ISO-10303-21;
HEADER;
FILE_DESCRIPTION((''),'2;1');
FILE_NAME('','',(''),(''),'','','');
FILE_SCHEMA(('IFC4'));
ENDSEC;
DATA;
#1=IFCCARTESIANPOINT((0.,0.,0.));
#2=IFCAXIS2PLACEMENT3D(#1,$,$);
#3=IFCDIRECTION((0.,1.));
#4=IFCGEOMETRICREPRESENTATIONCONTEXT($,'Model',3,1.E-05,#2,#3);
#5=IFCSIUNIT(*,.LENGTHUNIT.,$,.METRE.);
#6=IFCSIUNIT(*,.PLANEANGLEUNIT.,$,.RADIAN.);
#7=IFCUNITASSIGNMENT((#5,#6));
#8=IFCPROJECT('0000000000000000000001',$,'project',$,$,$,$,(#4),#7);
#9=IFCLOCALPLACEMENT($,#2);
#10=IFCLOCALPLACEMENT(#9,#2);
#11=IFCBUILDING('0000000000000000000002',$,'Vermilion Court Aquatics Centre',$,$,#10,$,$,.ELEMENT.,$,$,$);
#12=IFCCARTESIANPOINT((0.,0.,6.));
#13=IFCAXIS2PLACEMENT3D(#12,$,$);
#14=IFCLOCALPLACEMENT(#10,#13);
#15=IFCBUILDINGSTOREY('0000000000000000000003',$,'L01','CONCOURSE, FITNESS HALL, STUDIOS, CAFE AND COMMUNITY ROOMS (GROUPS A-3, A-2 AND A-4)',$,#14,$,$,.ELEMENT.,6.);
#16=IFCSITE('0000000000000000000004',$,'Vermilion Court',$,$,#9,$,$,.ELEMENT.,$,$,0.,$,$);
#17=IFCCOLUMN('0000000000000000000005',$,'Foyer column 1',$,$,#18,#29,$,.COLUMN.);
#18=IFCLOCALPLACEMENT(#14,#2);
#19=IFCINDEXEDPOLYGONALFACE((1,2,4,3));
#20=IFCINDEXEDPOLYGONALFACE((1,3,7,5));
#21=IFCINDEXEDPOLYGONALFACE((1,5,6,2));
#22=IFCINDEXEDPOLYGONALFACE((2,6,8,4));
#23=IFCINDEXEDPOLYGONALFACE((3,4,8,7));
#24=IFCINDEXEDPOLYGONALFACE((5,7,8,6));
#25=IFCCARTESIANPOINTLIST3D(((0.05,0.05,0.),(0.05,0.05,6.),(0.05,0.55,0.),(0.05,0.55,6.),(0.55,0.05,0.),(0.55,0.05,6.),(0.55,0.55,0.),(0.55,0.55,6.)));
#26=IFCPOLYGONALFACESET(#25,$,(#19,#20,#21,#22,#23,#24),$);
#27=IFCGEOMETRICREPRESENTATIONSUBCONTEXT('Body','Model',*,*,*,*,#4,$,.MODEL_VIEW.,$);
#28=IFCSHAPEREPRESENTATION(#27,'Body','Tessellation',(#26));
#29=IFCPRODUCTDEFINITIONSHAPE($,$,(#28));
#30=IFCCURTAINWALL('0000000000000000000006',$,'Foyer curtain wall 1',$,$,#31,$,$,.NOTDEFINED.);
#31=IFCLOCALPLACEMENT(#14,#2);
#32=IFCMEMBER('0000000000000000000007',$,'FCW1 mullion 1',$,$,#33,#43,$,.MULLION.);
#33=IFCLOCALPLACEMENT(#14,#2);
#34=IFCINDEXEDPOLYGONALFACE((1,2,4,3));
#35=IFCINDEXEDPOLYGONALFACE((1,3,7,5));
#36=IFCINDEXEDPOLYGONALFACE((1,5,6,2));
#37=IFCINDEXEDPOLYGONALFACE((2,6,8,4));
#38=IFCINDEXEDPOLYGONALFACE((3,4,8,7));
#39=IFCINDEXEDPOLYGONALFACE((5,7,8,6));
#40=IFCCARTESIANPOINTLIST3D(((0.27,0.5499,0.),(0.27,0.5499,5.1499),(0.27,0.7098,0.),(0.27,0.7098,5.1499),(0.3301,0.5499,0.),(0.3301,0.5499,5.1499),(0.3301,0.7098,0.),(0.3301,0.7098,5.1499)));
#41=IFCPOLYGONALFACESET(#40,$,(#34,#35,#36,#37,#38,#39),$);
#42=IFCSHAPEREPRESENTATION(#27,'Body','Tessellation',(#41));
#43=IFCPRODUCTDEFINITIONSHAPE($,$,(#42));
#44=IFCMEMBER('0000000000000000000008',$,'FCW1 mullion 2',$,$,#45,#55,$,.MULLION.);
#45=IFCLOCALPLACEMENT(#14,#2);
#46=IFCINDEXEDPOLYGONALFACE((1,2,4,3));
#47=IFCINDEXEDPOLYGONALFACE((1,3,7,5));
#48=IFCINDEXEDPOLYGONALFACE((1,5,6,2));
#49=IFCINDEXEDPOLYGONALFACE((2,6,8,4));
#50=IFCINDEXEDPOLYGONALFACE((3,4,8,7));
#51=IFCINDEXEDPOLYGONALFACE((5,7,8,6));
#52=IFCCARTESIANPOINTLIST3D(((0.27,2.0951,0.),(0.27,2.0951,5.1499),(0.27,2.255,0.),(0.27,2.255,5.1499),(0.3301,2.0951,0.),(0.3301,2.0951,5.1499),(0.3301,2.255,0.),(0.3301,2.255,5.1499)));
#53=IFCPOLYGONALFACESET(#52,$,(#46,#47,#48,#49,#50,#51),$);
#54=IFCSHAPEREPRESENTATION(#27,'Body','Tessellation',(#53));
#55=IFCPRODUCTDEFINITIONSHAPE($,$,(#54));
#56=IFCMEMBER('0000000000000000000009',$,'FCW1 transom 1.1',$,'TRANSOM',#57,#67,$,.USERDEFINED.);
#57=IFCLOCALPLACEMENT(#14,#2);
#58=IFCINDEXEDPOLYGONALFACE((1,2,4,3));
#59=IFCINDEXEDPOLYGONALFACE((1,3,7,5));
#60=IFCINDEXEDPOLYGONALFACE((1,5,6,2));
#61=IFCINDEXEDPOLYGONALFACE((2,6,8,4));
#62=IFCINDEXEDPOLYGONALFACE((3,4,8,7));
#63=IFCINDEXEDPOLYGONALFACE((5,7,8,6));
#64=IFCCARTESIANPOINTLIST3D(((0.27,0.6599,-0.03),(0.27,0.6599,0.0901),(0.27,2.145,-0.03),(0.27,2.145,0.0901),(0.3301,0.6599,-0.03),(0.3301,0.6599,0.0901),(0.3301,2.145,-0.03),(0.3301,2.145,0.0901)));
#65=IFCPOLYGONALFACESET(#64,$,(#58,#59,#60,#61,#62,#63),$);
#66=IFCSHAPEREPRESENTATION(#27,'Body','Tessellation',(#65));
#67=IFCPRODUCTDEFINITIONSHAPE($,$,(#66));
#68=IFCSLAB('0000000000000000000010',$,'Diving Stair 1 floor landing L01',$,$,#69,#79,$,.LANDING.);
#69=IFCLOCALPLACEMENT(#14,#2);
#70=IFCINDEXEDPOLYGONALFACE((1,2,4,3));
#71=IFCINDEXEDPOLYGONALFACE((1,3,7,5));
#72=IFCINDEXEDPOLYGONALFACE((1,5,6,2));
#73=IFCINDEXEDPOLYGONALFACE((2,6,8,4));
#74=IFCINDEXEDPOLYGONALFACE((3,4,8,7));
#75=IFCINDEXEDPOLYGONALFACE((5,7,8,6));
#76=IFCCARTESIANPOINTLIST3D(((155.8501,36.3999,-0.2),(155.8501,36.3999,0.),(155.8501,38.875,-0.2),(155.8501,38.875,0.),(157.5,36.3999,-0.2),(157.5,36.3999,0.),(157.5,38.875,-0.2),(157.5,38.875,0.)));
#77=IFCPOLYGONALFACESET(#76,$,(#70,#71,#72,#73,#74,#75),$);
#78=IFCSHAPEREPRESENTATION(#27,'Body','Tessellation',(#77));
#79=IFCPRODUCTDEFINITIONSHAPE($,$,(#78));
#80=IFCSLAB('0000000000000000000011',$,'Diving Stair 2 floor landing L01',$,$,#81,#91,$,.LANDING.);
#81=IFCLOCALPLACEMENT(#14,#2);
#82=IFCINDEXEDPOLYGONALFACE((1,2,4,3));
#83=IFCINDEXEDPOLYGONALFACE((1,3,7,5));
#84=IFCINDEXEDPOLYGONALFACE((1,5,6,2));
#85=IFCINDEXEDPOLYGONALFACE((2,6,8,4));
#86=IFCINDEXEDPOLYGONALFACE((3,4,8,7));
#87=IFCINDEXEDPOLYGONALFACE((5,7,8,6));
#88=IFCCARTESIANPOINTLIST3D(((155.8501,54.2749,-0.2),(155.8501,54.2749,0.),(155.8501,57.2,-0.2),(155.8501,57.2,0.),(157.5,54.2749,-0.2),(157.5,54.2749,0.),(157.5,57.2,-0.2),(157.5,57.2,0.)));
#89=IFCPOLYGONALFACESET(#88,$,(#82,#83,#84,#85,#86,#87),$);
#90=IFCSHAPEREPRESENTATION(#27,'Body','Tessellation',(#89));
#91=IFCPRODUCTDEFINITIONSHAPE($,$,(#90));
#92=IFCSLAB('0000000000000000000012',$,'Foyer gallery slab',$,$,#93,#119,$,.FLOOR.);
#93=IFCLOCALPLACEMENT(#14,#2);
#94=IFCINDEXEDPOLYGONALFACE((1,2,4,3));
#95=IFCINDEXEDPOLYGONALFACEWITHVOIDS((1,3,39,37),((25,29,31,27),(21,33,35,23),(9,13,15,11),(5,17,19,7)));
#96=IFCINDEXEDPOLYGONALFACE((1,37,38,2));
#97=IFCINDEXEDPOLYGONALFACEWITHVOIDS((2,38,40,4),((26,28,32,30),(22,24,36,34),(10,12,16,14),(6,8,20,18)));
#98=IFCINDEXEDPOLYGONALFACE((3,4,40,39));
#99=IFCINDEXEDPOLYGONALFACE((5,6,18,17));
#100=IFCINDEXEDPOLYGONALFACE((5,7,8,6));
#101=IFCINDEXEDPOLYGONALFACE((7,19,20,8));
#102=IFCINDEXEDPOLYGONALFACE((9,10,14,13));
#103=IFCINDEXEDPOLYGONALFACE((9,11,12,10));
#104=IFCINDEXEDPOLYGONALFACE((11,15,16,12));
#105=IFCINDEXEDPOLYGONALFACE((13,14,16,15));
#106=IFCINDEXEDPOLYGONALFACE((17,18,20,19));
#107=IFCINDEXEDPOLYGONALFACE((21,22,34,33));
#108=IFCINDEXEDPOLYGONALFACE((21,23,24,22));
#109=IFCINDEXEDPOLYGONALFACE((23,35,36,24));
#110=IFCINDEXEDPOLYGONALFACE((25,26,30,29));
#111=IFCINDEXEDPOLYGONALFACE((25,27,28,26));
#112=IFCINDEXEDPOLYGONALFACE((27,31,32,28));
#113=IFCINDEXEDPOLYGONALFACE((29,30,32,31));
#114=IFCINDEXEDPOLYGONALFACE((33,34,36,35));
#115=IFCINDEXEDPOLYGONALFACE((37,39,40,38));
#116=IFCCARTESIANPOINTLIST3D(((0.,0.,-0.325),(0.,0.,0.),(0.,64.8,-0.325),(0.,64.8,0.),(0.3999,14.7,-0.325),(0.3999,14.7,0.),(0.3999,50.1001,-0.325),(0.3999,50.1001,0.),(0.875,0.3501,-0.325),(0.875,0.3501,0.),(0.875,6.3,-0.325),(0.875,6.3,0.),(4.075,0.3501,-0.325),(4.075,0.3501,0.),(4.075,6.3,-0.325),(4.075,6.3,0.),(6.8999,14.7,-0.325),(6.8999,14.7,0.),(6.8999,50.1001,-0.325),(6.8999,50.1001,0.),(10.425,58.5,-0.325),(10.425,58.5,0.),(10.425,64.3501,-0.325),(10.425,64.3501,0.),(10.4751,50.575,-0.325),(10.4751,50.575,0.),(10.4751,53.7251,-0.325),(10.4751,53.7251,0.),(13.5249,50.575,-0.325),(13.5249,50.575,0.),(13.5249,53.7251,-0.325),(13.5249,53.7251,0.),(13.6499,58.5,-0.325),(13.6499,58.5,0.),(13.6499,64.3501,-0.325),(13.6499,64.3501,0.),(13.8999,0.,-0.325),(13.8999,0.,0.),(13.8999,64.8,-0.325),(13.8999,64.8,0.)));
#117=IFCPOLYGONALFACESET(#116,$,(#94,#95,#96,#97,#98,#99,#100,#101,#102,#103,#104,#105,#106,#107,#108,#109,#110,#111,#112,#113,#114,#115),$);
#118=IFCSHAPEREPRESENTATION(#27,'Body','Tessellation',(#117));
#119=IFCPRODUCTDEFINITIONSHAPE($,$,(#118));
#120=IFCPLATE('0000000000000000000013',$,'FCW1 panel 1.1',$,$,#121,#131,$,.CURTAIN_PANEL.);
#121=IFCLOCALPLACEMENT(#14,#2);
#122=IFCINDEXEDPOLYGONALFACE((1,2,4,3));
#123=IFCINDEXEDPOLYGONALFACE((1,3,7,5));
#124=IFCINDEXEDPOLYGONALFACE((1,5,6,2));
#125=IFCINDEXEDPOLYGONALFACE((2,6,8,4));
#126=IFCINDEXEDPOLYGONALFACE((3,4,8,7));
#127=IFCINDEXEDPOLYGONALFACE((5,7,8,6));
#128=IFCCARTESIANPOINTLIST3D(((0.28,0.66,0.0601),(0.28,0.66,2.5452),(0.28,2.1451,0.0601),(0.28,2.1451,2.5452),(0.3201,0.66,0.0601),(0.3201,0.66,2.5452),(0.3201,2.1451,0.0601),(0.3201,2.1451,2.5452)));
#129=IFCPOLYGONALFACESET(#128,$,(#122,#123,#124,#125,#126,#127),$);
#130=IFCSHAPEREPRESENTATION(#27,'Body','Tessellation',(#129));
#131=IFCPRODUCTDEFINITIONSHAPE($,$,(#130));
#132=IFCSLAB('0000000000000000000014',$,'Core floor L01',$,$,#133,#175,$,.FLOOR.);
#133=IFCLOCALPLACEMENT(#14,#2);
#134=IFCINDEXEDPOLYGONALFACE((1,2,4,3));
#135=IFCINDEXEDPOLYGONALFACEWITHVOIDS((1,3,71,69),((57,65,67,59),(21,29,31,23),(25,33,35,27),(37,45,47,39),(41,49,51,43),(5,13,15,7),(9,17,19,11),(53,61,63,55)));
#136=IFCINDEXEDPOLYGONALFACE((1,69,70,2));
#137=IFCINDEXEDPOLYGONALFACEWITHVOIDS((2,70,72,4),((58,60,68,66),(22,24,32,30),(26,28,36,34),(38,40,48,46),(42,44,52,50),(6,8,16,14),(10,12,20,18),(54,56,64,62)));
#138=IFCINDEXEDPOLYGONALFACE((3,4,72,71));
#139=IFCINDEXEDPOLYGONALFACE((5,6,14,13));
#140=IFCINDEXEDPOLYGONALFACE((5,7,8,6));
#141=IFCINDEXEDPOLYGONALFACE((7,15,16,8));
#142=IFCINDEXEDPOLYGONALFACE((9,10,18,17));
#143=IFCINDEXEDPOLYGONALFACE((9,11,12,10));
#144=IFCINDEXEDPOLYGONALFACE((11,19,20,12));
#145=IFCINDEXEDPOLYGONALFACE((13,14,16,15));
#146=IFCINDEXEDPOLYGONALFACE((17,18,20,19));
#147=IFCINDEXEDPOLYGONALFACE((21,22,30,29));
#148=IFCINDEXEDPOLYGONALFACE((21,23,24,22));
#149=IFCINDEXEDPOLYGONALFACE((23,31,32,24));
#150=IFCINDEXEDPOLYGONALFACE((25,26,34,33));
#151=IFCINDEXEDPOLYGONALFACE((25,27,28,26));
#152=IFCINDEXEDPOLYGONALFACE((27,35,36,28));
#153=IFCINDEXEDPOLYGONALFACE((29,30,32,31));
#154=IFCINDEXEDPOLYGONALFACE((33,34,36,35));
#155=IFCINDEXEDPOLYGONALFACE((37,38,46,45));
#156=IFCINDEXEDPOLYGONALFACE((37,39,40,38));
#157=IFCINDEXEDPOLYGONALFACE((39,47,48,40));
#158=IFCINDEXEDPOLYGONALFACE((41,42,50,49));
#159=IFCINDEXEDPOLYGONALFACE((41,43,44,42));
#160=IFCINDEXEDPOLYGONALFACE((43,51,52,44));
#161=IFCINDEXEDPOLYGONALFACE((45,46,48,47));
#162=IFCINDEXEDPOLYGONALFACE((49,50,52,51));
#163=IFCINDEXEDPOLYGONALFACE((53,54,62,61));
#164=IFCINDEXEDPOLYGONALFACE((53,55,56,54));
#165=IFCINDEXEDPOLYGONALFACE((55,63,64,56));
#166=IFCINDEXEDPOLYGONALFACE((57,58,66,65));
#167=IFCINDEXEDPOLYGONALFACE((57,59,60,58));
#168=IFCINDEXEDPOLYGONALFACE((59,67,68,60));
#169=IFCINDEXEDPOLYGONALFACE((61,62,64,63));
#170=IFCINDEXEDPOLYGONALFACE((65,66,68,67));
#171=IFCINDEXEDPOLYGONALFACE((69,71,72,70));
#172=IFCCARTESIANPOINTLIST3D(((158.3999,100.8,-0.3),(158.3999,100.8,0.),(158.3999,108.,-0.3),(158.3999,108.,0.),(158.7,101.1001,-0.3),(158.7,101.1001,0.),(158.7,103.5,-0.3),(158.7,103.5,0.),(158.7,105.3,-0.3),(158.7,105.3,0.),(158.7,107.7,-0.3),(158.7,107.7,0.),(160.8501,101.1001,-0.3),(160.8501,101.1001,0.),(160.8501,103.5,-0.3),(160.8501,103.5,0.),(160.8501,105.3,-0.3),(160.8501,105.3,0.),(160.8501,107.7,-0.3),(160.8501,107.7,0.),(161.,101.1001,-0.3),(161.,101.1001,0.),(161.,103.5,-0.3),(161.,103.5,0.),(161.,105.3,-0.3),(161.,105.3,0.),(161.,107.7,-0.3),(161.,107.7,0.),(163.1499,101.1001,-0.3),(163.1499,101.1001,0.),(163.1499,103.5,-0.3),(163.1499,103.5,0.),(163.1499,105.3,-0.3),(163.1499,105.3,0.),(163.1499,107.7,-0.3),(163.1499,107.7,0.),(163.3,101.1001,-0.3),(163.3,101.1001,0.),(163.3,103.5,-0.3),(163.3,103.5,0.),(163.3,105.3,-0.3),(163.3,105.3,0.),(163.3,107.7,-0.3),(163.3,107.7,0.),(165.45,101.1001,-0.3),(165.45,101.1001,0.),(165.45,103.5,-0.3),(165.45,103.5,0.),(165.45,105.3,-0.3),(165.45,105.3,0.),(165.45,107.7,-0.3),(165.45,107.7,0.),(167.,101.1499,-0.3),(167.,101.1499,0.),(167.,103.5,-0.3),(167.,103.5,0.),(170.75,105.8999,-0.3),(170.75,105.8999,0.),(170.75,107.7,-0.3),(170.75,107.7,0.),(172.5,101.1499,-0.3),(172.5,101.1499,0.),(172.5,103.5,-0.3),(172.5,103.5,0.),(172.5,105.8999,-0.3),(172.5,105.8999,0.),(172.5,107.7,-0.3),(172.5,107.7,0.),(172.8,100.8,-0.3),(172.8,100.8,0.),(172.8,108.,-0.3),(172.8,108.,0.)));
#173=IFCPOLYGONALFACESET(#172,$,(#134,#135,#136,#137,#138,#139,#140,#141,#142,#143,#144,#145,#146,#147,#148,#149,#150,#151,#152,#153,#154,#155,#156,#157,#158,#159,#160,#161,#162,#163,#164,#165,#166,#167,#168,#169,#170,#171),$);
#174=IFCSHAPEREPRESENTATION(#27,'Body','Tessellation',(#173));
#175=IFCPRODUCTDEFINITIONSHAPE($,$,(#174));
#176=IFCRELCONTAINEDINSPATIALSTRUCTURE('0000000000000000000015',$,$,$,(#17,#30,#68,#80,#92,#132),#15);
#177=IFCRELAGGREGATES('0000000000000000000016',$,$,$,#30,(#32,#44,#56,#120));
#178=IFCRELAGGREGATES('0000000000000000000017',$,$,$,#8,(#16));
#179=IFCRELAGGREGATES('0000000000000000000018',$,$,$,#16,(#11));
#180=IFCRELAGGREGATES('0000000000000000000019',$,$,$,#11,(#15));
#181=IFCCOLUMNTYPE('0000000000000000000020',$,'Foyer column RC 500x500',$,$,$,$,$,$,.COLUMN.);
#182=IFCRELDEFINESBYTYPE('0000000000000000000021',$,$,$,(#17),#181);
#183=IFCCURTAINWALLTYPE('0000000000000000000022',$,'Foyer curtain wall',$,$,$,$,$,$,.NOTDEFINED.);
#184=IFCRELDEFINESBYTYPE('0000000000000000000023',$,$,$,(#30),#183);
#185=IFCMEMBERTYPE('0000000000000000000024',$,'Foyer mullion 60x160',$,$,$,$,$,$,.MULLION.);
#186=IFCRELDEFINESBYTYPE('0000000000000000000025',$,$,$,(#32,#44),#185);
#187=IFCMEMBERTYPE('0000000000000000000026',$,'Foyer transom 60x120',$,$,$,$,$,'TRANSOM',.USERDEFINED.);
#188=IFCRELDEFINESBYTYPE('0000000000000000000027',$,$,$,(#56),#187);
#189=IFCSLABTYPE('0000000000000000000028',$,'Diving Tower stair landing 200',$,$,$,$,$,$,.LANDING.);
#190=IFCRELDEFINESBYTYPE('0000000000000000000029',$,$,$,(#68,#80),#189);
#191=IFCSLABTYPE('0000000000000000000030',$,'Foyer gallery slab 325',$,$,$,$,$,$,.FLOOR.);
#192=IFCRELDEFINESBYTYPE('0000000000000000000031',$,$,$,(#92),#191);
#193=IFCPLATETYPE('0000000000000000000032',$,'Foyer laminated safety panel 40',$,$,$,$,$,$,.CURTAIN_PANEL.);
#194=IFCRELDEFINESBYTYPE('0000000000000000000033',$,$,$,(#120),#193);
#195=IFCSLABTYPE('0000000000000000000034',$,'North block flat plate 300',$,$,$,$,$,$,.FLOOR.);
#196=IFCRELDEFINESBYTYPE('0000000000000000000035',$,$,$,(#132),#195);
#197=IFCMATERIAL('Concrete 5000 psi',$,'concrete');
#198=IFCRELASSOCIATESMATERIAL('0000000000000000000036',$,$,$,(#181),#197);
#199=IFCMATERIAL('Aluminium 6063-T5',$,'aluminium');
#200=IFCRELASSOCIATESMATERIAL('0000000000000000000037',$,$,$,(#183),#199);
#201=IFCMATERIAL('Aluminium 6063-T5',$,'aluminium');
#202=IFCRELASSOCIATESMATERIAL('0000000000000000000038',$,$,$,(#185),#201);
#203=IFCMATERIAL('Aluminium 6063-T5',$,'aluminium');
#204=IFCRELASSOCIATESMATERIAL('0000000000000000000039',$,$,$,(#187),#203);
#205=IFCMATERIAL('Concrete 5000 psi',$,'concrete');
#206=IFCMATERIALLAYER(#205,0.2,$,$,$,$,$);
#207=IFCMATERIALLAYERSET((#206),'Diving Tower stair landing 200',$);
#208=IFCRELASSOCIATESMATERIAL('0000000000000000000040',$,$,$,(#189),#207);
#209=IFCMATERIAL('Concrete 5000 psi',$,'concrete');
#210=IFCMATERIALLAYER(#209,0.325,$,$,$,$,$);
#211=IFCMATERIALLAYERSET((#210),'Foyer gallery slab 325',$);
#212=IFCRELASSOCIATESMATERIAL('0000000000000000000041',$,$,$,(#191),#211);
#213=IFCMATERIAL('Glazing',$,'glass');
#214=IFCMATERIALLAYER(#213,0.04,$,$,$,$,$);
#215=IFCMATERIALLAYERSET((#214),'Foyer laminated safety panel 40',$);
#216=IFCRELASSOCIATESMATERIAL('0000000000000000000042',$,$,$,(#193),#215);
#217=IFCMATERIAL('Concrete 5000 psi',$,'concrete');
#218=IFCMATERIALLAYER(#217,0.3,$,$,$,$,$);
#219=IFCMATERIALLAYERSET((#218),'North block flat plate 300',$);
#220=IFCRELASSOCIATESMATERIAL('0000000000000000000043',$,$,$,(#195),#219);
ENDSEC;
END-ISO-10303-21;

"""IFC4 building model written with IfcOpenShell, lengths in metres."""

from ifc_helpers import new_model, si_unit, direction, frame, origin, origin_2d, place, context, subcontext, project, spatial, polyline, rectangle, outline, extrude, material, layer, layer_set, material_profile, profile_set, type_object, element, aggregate, save


model = new_model("IFC4")

# Units and contexts
model_context = context("Model", 3, precision=1e-05, world=origin(), true_north=direction((0.0, 1.0)))
body_context = subcontext(model_context, "Body", "Model", "MODEL_VIEW")
ifc_project = project(units=[si_unit("LENGTHUNIT", "METRE"), si_unit("PLANEANGLEUNIT", "RADIAN")], contexts=[model_context])

# Site, building, storey
site_placement = place(None, origin())
site = spatial("IfcSite", under=ifc_project, at=site_placement, Name="Vermilion Court", CompositionType="ELEMENT", RefElevation=0.0)
building_placement = place(site_placement, origin())
building = spatial("IfcBuilding", under=site, at=building_placement, Name="Vermilion Court Aquatics Centre", CompositionType="ELEMENT")
storey_placement = place(building_placement, frame((0.0, 0.0, 6.0)))
storey = spatial("IfcBuildingStorey", under=building, at=storey_placement, Name="L01", Description="CONCOURSE, FITNESS HALL, STUDIOS, CAFE AND COMMUNITY ROOMS (GROUPS A-3, A-2 AND A-4)", CompositionType="ELEMENT", Elevation=6.0)

# Column
ifc_material_1 = material(Name="Concrete 5000 psi", Category="concrete")
ifc_material_profile_1 = material_profile(ifc_material_1, rectangle(XDim=0.5, YDim=0.5, at=origin_2d()), Name="RC 500x500")
ifc_profile_set_1 = profile_set([ifc_material_profile_1], Name="Concrete 5000 psi")
column_type = type_object("IfcColumnType", Name="Foyer column RC 500x500", PredefinedType="COLUMN", material=ifc_profile_set_1)
column_placement = place(storey_placement, frame((0.3, 0.3, 0.0), z_axis=(0.0, 0.0, 1.0), x_axis=(1.0, 0.0, 0.0)))
element("IfcColumn", 1, at=column_placement, inside=storey, type_object=column_type, Name="Foyer column 1", PredefinedType="COLUMN", context=body_context, shape_type="SweptSolid", body=[
    extrude(rectangle(XDim=0.5, YDim=0.5, at=origin_2d()), origin(), (0.0, 0.0, 1.0), 6.0),
])

# Curtain wall, members
ifc_material_2 = material(Name="Aluminium 6063-T5", Category="aluminium")
curtain_wall_type = type_object("IfcCurtainWallType", Name="Foyer curtain wall", PredefinedType="NOTDEFINED", material=ifc_material_2)
curtain_wall_placement = place(storey_placement, origin())
curtain_wall = element("IfcCurtainWall", 2, at=curtain_wall_placement, inside=storey, type_object=curtain_wall_type, Name="Foyer curtain wall 1", PredefinedType="NOTDEFINED")
ifc_material_3 = material(Name="Aluminium 6063-T5", Category="aluminium")
ifc_material_profile_2 = material_profile(ifc_material_3, rectangle(XDim=0.0601, YDim=0.1599, at=origin_2d()), Name="Aluminium 60x160")
ifc_profile_set_2 = profile_set([ifc_material_profile_2], Name="Aluminium 6063-T5")
member_type_1 = type_object("IfcMemberType", Name="Foyer mullion 60x160", PredefinedType="MULLION", material=ifc_profile_set_2)
member_1_placement = place(storey_placement, frame((0.3, 0.6299, 0.0), z_axis=(0.0, 0.0, 1.0), x_axis=(-1.0, 0.0, 0.0)))
member_1 = element("IfcMember", 3, at=member_1_placement, type_object=member_type_1, Name="FCW1 mullion 1", PredefinedType="MULLION", context=body_context, shape_type="SweptSolid", body=[
    extrude(rectangle(XDim=0.0601, YDim=0.1599, at=origin_2d()), origin(), (0.0, 0.0, 1.0), 5.1499),
])
member_2_placement = place(storey_placement, frame((0.3, 2.175, 0.0), z_axis=(0.0, 0.0, 1.0), x_axis=(-1.0, 0.0, 0.0)))
member_2 = element("IfcMember", 4, at=member_2_placement, type_object=member_type_1, Name="FCW1 mullion 2", PredefinedType="MULLION", context=body_context, shape_type="SweptSolid", body=[
    extrude(rectangle(XDim=0.0601, YDim=0.1599, at=origin_2d()), origin(), (0.0, 0.0, 1.0), 5.1499),
])
ifc_material_4 = material(Name="Aluminium 6063-T5", Category="aluminium")
ifc_material_profile_3 = material_profile(ifc_material_4, rectangle(XDim=0.0601, YDim=0.1201, at=origin_2d()), Name="Aluminium 60x120")
ifc_profile_set_3 = profile_set([ifc_material_profile_3], Name="Aluminium 6063-T5")
member_type_2 = type_object("IfcMemberType", Name="Foyer transom 60x120", ElementType="TRANSOM", PredefinedType="USERDEFINED", material=ifc_profile_set_3)
member_3_placement = place(storey_placement, frame((0.3, 0.6599, 0.03), z_axis=(0.0, 1.0, 0.0), x_axis=(-1.0, 0.0, 0.0)))
member_3 = element("IfcMember", 5, at=member_3_placement, type_object=member_type_2, Name="FCW1 transom 1.1", ObjectType="TRANSOM", PredefinedType="USERDEFINED", context=body_context, shape_type="SweptSolid", body=[
    extrude(rectangle(XDim=0.0601, YDim=0.1201, at=origin_2d()), origin(), (0.0, 0.0, 1.0), 1.4851),
])

# Slabs
ifc_material_5 = material(Name="Concrete 5000 psi", Category="concrete")
ifc_layer_1 = layer(ifc_material_5, 0.2)
ifc_layer_set_1 = layer_set([ifc_layer_1], Name="Diving Tower stair landing 200")
slab_type_1 = type_object("IfcSlabType", Name="Diving Tower stair landing 200", PredefinedType="LANDING", material=ifc_layer_set_1)
slab_1_placement = place(storey_placement, frame((0.0, 0.0, -0.2)))
element("IfcSlab", 6, at=slab_1_placement, inside=storey, type_object=slab_type_1, Name="Diving Stair 1 floor landing L01", PredefinedType="LANDING", context=body_context, shape_type="SweptSolid", body=[
    extrude(outline(polyline([(155.8501, 36.3999), (157.5, 36.3999), (157.5, 38.875), (155.8501, 38.875), (155.8501, 36.3999)])), origin(), (0.0, 0.0, 1.0), 0.2),
])
slab_2_placement = place(storey_placement, frame((0.0, 0.0, -0.2)))
element("IfcSlab", 7, at=slab_2_placement, inside=storey, type_object=slab_type_1, Name="Diving Stair 2 floor landing L01", PredefinedType="LANDING", context=body_context, shape_type="SweptSolid", body=[
    extrude(outline(polyline([(155.8501, 54.2749), (157.5, 54.2749), (157.5, 57.2), (155.8501, 57.2), (155.8501, 54.2749)])), origin(), (0.0, 0.0, 1.0), 0.2),
])
ifc_material_6 = material(Name="Concrete 5000 psi", Category="concrete")
ifc_layer_2 = layer(ifc_material_6, 0.325)
ifc_layer_set_2 = layer_set([ifc_layer_2], Name="Foyer gallery slab 325")
slab_type_2 = type_object("IfcSlabType", Name="Foyer gallery slab 325", PredefinedType="FLOOR", material=ifc_layer_set_2)
slab_3_placement = place(storey_placement, frame((0.0, 0.0, -0.325)))
element("IfcSlab", 8, at=slab_3_placement, inside=storey, type_object=slab_type_2, Name="Foyer gallery slab", PredefinedType="FLOOR", context=body_context, shape_type="SweptSolid", body=[
    extrude(outline(polyline([(0.0, 0.0), (13.8999, 0.0), (13.8999, 64.8), (0.0, 64.8), (0.0, 0.0)]), holes=[polyline([(0.3999, 14.7), (6.8999, 14.7), (6.8999, 50.1001), (0.3999, 50.1001), (0.3999, 14.7)]), polyline([(0.875, 0.3501), (4.075, 0.3501), (4.075, 6.3), (0.875, 6.3), (0.875, 0.3501)]), polyline([(10.425, 58.5), (13.6499, 58.5), (13.6499, 64.3501), (10.425, 64.3501), (10.425, 58.5)]), polyline([(10.4751, 50.575), (13.5249, 50.575), (13.5249, 53.7251), (10.4751, 53.7251), (10.4751, 50.575)])]), origin(), (0.0, 0.0, 1.0), 0.325),
])

# Plate
ifc_material_7 = material(Name="Glazing", Category="glass")
ifc_layer_3 = layer(ifc_material_7, 0.04)
ifc_layer_set_3 = layer_set([ifc_layer_3], Name="Foyer laminated safety panel 40")
plate_type = type_object("IfcPlateType", Name="Foyer laminated safety panel 40", PredefinedType="CURTAIN_PANEL", material=ifc_layer_set_3)
plate_placement = place(storey_placement, frame((0.3, 1.4026, 0.0601), z_axis=(0.0, 0.0, 1.0), x_axis=(0.0, 1.0, 0.0)))
plate = element("IfcPlate", 9, at=plate_placement, type_object=plate_type, Name="FCW1 panel 1.1", PredefinedType="CURTAIN_PANEL", context=body_context, shape_type="SweptSolid", body=[
    extrude(rectangle(XDim=1.4851, YDim=0.04, at=origin_2d()), origin(), (0.0, 0.0, 1.0), 2.4851),
])
aggregate(curtain_wall, [member_1, member_2, member_3, plate])

# Slab
ifc_material_8 = material(Name="Concrete 5000 psi", Category="concrete")
ifc_layer_4 = layer(ifc_material_8, 0.3)
ifc_layer_set_4 = layer_set([ifc_layer_4], Name="North block flat plate 300")
slab_type_3 = type_object("IfcSlabType", Name="North block flat plate 300", PredefinedType="FLOOR", material=ifc_layer_set_4)
slab_4_placement = place(storey_placement, frame((0.0, 0.0, -0.3)))
element("IfcSlab", 10, at=slab_4_placement, inside=storey, type_object=slab_type_3, Name="Core floor L01", PredefinedType="FLOOR", context=body_context, shape_type="SweptSolid", body=[
    extrude(outline(polyline([(158.3999, 100.8), (172.8, 100.8), (172.8, 108.0), (158.3999, 108.0), (158.3999, 100.8)]), holes=[polyline([(158.7, 101.1001), (160.8501, 101.1001), (160.8501, 103.5), (158.7, 103.5), (158.7, 101.1001)]), polyline([(158.7, 105.3), (160.8501, 105.3), (160.8501, 107.7), (158.7, 107.7), (158.7, 105.3)]), polyline([(161.0, 101.1001), (163.1499, 101.1001), (163.1499, 103.5), (161.0, 103.5), (161.0, 101.1001)]), polyline([(161.0, 105.3), (163.1499, 105.3), (163.1499, 107.7), (161.0, 107.7), (161.0, 105.3)]), polyline([(163.3, 101.1001), (165.45, 101.1001), (165.45, 103.5), (163.3, 103.5), (163.3, 101.1001)]), polyline([(163.3, 105.3), (165.45, 105.3), (165.45, 107.7), (163.3, 107.7), (163.3, 105.3)]), polyline([(167.0, 101.1499), (172.5, 101.1499), (172.5, 103.5), (167.0, 103.5), (167.0, 101.1499)]), polyline([(170.75, 105.8999), (172.5, 105.8999), (172.5, 107.7), (170.75, 107.7), (170.75, 105.8999)])]), origin(), (0.0, 0.0, 1.0), 0.3),
])

save(model, "model.ifc")
